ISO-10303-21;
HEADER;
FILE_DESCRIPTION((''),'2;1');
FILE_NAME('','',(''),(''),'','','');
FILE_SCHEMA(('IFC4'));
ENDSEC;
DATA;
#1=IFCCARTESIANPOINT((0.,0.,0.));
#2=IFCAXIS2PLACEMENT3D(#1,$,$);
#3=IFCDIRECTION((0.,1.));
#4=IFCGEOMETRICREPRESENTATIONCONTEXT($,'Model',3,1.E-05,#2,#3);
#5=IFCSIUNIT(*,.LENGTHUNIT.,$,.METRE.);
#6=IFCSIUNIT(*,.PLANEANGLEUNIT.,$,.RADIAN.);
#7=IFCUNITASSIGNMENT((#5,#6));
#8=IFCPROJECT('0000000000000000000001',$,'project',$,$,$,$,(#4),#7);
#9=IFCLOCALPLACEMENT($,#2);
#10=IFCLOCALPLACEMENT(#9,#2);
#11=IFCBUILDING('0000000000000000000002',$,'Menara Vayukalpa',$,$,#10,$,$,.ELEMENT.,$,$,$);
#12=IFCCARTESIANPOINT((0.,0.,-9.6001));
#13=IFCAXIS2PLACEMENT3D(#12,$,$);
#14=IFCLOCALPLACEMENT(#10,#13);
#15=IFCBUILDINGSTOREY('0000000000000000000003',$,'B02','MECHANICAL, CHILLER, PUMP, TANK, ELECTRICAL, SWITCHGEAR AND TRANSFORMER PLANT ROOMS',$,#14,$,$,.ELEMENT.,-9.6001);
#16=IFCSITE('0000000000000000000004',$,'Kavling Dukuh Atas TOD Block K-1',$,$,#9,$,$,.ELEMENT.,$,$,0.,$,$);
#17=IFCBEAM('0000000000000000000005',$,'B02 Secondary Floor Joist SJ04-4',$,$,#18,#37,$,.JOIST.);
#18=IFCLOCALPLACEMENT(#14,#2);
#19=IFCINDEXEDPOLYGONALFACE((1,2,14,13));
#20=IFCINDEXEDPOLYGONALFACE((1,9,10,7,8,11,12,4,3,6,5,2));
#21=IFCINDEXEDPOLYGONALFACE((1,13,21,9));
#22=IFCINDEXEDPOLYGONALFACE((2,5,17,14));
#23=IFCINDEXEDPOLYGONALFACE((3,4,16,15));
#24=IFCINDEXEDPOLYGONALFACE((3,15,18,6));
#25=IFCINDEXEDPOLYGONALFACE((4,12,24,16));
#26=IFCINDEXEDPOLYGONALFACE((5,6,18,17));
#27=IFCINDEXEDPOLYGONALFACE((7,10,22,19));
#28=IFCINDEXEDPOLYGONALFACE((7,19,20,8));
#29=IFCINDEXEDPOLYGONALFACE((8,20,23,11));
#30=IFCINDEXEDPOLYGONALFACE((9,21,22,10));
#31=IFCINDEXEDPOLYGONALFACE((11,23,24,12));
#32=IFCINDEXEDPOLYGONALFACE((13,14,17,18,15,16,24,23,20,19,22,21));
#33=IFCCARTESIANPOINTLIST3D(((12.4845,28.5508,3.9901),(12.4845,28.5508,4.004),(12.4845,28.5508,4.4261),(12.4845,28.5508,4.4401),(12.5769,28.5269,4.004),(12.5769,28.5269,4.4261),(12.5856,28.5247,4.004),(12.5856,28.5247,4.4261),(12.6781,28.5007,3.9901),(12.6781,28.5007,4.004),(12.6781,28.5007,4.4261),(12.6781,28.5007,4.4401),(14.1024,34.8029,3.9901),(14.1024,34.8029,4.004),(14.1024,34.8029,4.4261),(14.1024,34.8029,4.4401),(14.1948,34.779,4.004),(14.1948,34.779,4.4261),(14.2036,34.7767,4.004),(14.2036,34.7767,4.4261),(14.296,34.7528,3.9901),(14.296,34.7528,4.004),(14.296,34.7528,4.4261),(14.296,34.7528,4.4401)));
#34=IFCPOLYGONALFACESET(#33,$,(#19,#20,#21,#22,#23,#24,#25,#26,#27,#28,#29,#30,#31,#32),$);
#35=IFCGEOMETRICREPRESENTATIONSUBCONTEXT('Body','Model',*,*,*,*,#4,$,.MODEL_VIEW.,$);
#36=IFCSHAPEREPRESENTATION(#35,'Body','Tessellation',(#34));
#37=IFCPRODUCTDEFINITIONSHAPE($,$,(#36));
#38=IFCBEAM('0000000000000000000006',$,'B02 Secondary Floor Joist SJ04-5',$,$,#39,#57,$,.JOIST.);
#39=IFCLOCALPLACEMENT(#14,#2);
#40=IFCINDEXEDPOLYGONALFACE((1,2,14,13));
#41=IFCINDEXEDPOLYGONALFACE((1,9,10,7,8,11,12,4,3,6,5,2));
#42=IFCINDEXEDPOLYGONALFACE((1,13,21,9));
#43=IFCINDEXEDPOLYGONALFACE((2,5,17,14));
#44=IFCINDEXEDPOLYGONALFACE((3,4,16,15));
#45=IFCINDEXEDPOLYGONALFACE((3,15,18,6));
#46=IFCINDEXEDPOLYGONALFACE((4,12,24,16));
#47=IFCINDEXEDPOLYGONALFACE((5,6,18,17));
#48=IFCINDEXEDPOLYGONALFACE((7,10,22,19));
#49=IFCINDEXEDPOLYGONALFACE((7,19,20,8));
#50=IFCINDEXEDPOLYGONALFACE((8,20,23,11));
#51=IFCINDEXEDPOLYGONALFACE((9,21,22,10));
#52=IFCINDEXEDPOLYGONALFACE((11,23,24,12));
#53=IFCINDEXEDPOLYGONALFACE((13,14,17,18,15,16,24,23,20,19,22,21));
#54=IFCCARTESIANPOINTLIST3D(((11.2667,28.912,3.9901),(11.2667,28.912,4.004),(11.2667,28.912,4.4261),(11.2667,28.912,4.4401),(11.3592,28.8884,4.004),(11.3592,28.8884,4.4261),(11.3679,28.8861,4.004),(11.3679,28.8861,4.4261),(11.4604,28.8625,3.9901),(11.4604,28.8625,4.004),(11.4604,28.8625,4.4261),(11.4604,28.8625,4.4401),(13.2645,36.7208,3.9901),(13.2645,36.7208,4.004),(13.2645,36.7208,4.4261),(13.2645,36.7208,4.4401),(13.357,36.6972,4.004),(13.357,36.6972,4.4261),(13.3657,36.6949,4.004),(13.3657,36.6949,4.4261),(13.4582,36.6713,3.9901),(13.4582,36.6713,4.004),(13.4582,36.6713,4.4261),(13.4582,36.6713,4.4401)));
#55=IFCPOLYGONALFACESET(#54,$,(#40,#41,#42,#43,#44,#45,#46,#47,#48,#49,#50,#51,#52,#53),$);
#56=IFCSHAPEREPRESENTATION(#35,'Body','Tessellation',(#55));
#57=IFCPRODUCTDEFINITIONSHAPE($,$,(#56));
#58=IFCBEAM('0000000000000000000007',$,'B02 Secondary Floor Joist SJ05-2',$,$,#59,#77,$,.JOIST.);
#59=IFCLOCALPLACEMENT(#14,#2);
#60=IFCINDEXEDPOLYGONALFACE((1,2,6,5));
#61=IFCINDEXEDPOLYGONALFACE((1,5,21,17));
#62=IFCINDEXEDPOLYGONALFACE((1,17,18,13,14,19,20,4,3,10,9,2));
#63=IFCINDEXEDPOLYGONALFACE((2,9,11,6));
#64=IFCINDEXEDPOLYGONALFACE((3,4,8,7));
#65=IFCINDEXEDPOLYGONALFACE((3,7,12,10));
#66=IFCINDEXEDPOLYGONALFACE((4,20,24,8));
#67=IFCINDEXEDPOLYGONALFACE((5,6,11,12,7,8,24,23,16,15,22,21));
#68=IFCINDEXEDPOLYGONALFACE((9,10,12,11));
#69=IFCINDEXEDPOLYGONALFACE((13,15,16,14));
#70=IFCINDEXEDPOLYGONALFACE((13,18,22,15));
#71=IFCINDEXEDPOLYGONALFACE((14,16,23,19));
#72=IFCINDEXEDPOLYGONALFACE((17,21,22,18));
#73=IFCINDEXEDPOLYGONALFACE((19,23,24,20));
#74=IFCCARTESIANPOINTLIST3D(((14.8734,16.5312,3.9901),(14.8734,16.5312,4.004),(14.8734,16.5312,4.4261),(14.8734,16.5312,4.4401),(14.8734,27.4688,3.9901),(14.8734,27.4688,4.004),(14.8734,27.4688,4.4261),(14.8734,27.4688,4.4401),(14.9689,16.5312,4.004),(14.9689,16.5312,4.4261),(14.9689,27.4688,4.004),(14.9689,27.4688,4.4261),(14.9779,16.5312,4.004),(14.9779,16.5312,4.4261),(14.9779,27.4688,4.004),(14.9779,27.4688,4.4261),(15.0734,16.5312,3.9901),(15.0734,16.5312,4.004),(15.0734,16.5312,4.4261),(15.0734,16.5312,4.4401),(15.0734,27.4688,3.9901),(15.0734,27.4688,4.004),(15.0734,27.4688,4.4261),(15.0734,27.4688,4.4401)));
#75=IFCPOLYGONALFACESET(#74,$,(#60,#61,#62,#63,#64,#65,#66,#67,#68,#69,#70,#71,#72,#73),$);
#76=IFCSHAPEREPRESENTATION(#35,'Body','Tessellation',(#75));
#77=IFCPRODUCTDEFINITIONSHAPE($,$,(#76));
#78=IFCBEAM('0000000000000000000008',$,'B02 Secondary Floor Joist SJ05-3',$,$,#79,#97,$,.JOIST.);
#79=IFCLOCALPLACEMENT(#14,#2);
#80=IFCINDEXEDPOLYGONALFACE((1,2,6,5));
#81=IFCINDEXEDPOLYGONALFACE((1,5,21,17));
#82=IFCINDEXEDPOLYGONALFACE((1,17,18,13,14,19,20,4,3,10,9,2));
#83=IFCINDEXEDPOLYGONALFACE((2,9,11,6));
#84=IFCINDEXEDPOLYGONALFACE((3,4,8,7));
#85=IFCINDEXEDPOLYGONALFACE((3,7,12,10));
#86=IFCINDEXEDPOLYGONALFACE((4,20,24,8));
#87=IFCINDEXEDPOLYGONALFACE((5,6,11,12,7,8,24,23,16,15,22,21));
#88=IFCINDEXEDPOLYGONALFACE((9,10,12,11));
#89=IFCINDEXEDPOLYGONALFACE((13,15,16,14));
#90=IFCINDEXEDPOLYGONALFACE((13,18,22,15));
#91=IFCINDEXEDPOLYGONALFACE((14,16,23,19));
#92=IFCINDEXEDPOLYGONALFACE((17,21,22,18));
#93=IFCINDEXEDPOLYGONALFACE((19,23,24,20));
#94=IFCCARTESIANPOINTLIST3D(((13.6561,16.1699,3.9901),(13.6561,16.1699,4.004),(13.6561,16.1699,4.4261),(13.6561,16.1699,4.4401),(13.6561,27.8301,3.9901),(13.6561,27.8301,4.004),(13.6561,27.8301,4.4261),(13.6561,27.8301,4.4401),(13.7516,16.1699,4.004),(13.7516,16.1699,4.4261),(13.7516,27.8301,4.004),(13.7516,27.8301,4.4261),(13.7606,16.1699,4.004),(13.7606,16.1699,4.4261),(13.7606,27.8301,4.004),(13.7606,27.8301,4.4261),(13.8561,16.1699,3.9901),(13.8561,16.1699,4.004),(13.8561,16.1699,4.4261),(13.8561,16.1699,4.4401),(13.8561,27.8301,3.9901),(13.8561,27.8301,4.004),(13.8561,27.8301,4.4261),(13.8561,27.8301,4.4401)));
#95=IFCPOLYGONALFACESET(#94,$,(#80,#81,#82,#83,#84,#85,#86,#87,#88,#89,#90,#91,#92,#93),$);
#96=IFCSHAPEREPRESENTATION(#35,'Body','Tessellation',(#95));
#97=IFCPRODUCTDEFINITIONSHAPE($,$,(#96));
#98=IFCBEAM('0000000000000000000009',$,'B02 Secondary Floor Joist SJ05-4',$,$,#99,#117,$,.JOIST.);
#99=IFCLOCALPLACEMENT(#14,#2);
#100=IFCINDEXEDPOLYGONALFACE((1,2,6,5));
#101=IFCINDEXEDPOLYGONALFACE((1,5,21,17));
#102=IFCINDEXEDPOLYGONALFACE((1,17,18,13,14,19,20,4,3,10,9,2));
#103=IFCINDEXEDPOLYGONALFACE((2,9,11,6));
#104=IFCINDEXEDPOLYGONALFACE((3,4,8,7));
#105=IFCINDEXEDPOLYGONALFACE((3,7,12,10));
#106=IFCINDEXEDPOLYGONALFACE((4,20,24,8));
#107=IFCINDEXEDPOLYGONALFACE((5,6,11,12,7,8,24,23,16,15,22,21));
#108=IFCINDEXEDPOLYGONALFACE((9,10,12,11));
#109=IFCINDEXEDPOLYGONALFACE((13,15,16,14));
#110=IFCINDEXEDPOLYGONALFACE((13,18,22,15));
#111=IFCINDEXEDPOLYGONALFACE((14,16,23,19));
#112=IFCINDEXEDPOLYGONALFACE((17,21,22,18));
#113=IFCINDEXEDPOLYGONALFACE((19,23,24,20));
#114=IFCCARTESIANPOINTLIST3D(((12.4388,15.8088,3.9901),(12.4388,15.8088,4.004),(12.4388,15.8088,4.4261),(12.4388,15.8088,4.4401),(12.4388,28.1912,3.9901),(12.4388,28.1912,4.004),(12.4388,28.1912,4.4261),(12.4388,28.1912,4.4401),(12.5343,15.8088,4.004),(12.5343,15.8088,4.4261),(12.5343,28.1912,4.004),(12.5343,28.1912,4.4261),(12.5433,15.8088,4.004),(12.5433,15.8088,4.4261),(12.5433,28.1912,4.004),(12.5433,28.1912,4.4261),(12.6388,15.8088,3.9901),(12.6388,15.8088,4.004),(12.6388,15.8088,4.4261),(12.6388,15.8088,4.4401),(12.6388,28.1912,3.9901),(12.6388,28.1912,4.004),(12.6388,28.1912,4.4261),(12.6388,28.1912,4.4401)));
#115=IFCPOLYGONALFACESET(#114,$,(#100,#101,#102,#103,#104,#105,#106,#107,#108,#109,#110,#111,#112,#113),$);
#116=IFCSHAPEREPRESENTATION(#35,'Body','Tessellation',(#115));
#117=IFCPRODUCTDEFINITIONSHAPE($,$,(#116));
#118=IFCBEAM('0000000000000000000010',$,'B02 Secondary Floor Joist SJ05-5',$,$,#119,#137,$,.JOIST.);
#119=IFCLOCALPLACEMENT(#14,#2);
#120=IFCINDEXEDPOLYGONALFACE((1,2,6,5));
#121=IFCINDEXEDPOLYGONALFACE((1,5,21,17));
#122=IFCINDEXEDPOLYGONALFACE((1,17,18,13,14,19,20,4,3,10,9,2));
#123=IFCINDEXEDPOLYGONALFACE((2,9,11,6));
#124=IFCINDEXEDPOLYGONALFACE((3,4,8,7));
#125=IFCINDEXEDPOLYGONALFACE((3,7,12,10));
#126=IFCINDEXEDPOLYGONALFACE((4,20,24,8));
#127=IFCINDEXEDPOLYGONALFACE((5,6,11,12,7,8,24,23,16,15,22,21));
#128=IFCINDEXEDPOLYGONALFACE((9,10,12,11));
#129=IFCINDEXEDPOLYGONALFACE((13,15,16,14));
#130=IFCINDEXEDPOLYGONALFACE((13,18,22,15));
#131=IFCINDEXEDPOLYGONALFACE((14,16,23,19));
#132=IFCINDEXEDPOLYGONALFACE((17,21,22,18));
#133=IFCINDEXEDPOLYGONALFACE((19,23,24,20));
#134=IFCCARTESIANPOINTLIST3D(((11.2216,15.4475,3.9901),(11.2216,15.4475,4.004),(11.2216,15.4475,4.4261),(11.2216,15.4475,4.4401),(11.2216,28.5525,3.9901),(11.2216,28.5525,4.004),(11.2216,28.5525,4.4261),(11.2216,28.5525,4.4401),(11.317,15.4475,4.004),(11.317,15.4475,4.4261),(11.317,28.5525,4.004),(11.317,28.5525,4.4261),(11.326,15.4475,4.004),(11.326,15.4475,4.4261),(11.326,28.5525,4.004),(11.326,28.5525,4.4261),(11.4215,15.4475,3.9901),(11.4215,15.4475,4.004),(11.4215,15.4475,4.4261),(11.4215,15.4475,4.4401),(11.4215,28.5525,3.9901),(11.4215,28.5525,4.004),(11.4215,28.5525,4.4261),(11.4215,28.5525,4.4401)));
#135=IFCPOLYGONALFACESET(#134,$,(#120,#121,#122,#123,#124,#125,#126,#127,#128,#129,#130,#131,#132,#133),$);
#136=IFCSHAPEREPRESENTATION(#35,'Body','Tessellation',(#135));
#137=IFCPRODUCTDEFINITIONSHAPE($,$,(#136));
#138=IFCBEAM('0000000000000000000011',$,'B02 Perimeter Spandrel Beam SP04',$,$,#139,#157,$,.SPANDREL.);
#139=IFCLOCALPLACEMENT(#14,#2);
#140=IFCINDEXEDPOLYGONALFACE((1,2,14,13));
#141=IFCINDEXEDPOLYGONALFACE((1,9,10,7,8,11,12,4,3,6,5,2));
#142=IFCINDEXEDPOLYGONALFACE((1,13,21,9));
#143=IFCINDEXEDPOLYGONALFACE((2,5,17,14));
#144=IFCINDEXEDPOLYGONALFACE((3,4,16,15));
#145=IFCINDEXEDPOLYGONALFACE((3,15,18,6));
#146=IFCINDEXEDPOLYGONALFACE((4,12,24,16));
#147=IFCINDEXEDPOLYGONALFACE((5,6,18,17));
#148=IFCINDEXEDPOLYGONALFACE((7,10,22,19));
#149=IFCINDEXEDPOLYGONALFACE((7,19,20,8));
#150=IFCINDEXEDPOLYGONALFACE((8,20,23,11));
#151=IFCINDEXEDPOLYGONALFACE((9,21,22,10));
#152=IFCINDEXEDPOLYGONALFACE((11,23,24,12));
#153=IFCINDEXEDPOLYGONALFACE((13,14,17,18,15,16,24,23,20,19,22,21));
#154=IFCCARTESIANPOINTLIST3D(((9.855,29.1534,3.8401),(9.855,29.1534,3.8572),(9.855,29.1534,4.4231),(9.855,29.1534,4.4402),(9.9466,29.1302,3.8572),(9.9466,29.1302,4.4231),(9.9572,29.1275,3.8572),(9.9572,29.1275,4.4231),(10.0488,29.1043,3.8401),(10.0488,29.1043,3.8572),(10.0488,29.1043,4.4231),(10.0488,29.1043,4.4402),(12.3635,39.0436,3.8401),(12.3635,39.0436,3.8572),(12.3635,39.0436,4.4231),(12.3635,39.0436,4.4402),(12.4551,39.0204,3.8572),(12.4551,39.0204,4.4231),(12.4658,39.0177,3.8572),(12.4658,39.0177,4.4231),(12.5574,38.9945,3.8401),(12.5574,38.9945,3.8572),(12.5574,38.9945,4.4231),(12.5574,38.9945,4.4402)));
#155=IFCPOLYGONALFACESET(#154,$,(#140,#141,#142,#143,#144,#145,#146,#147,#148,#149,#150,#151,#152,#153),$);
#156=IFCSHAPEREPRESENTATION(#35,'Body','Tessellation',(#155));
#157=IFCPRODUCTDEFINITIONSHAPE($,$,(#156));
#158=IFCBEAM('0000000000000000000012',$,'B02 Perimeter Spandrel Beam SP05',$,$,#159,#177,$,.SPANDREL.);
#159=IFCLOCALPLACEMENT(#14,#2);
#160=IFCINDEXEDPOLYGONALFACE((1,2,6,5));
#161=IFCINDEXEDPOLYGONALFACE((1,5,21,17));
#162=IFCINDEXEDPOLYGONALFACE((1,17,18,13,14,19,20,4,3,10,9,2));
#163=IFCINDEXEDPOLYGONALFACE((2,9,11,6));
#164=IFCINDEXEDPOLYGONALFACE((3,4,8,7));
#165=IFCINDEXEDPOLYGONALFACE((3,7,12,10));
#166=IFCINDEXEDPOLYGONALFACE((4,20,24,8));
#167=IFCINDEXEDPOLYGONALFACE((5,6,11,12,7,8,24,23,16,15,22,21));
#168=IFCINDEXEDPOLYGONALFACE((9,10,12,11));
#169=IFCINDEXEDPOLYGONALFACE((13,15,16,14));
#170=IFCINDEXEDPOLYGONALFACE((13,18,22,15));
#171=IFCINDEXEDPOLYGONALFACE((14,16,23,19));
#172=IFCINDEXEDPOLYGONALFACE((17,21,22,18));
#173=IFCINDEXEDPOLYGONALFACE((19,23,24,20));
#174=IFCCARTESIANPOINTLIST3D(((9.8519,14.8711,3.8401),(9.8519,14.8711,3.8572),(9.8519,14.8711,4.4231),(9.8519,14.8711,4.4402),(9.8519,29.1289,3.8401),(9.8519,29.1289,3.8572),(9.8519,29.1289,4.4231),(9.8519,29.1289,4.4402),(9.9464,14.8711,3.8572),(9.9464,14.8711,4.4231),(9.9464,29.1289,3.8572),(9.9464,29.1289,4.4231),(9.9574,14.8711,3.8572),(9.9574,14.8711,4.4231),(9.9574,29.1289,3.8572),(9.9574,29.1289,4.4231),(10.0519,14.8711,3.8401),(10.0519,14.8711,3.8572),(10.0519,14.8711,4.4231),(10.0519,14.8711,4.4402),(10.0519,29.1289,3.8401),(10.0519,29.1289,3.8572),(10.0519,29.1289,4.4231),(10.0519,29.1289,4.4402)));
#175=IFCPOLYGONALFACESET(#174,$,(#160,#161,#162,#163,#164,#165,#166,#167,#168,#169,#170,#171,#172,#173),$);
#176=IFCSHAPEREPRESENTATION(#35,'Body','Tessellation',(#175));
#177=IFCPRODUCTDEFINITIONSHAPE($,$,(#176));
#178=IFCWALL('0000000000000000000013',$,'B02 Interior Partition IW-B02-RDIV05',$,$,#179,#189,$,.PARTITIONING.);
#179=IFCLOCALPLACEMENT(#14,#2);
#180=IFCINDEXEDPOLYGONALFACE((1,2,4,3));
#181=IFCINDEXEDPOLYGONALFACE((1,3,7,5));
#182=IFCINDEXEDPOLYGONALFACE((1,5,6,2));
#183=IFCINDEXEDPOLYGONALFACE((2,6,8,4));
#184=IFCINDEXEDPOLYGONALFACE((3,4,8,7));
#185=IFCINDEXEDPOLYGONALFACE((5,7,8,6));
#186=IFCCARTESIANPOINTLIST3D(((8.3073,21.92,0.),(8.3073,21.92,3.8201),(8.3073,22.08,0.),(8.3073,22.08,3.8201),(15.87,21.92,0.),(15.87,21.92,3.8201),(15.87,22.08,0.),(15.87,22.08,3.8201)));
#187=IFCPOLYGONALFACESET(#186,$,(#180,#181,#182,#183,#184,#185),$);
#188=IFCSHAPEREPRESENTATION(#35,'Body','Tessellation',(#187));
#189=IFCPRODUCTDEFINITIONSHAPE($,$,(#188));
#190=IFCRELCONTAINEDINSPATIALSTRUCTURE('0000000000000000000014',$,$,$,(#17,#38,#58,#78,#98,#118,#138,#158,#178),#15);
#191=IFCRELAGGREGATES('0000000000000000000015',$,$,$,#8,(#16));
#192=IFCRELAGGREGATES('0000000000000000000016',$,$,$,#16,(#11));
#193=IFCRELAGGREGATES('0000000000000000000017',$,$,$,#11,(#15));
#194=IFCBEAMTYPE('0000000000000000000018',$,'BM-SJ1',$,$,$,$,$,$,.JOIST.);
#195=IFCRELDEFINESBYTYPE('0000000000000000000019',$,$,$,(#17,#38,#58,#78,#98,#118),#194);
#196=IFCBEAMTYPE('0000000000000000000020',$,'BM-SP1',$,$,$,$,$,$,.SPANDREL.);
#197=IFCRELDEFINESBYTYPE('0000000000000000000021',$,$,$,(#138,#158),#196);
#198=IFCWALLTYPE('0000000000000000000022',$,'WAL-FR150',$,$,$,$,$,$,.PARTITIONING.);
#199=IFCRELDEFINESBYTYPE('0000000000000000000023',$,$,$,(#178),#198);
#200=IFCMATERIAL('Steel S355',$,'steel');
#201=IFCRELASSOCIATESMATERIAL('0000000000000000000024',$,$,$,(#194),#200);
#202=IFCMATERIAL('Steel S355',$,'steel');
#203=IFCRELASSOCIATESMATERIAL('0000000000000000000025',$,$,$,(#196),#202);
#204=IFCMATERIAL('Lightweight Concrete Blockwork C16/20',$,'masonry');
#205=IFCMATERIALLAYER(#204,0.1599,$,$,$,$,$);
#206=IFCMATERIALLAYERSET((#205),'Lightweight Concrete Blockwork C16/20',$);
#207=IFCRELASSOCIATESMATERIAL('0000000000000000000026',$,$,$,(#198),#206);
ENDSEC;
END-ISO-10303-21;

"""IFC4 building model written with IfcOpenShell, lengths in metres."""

from ifc_helpers import new_model, si_unit, direction, frame, frame_2d, origin, origin_2d, place, context, subcontext, project, spatial, rectangle, i_section, extrude, material, layer, layer_set, material_profile, profile_set, type_object, element, save


model = new_model("IFC4")

# Units and contexts
model_context = context("Model", 3, precision=1e-05, world=origin(), true_north=direction((0.0, 1.0)))
body_context = subcontext(model_context, "Body", "Model", "MODEL_VIEW")
ifc_project = project(units=[si_unit("LENGTHUNIT", "METRE"), si_unit("PLANEANGLEUNIT", "RADIAN")], contexts=[model_context])

# Site, building, storey
site_placement = place(None, origin())
site = spatial("IfcSite", under=ifc_project, at=site_placement, Name="Kavling Dukuh Atas TOD Block K-1", CompositionType="ELEMENT", RefElevation=0.0)
building_placement = place(site_placement, origin())
building = spatial("IfcBuilding", under=site, at=building_placement, Name="Menara Vayukalpa", CompositionType="ELEMENT")
storey_placement = place(building_placement, frame((0.0, 0.0, -9.6001)))
storey = spatial("IfcBuildingStorey", under=building, at=storey_placement, Name="B02", Description="MECHANICAL, CHILLER, PUMP, TANK, ELECTRICAL, SWITCHGEAR AND TRANSFORMER PLANT ROOMS", CompositionType="ELEMENT", Elevation=-9.6001)

# Beams
ifc_material_1 = material(Name="Steel S355", Category="steel")
ifc_material_profile_1 = material_profile(ifc_material_1, i_section(OverallWidth=0.2, OverallDepth=0.45, WebThickness=0.009, FlangeThickness=0.0139, at=origin_2d()), Name="WF 450x200x9x14")
ifc_profile_set_1 = profile_set([ifc_material_profile_1], Name="Steel S355")
beam_type_1 = type_object("IfcBeamType", Name="BM-SJ1", PredefinedType="JOIST", material=ifc_profile_set_1)
beam_1_placement = place(storey_placement, frame((14.1992, 34.7778, 4.2151), z_axis=(-0.250533, -0.968108, 0.0), x_axis=(0.968108, -0.250533, 0.0)))
element("IfcBeam", 1, at=beam_1_placement, inside=storey, type_object=beam_type_1, Name="B02 Secondary Floor Joist SJ04-4", PredefinedType="JOIST", context=body_context, shape_type="SweptSolid", body=[
    extrude(i_section(OverallWidth=0.2, OverallDepth=0.45, WebThickness=0.009, FlangeThickness=0.0139, at=origin_2d()), origin(), (0.0, 0.0, 1.0), 6.458),
])
beam_2_placement = place(storey_placement, frame((13.3613, 36.696, 4.2151), z_axis=(-0.247856, -0.968797, 0.0), x_axis=(0.968797, -0.247856, 0.0)))
element("IfcBeam", 2, at=beam_2_placement, inside=storey, type_object=beam_type_1, Name="B02 Secondary Floor Joist SJ04-5", PredefinedType="JOIST", context=body_context, shape_type="SweptSolid", body=[
    extrude(i_section(OverallWidth=0.2, OverallDepth=0.45, WebThickness=0.009, FlangeThickness=0.0139, at=origin_2d()), origin(), (0.0, 0.0, 1.0), 8.0603),
])
beam_3_placement = place(storey_placement, frame((14.9734, 27.4688, 4.2151), z_axis=(0.0, -1.0, 0.0), x_axis=(1.0, 0.0, 0.0)))
element("IfcBeam", 3, at=beam_3_placement, inside=storey, type_object=beam_type_1, Name="B02 Secondary Floor Joist SJ05-2", PredefinedType="JOIST", context=body_context, shape_type="SweptSolid", body=[
    extrude(i_section(OverallWidth=0.2, OverallDepth=0.45, WebThickness=0.009, FlangeThickness=0.0139, at=origin_2d()), origin(), (0.0, 0.0, 1.0), 10.9375),
])
beam_4_placement = place(storey_placement, frame((13.7561, 27.8301, 4.2151), z_axis=(0.0, -1.0, 0.0), x_axis=(1.0, 0.0, 0.0)))
element("IfcBeam", 4, at=beam_4_placement, inside=storey, type_object=beam_type_1, Name="B02 Secondary Floor Joist SJ05-3", PredefinedType="JOIST", context=body_context, shape_type="SweptSolid", body=[
    extrude(i_section(OverallWidth=0.2, OverallDepth=0.45, WebThickness=0.009, FlangeThickness=0.0139, at=origin_2d()), origin(), (0.0, 0.0, 1.0), 11.6602),
])
beam_5_placement = place(storey_placement, frame((12.5388, 28.1912, 4.2151), z_axis=(0.0, -1.0, 0.0), x_axis=(1.0, 0.0, 0.0)))
element("IfcBeam", 5, at=beam_5_placement, inside=storey, type_object=beam_type_1, Name="B02 Secondary Floor Joist SJ05-4", PredefinedType="JOIST", context=body_context, shape_type="SweptSolid", body=[
    extrude(i_section(OverallWidth=0.2, OverallDepth=0.45, WebThickness=0.009, FlangeThickness=0.0139, at=origin_2d()), origin(), (0.0, 0.0, 1.0), 12.3823),
])
beam_6_placement = place(storey_placement, frame((11.3215, 28.5525, 4.2151), z_axis=(0.0, -1.0, 0.0), x_axis=(1.0, 0.0, 0.0)))
element("IfcBeam", 6, at=beam_6_placement, inside=storey, type_object=beam_type_1, Name="B02 Secondary Floor Joist SJ05-5", PredefinedType="JOIST", context=body_context, shape_type="SweptSolid", body=[
    extrude(i_section(OverallWidth=0.2, OverallDepth=0.45, WebThickness=0.009, FlangeThickness=0.0139, at=origin_2d()), origin(), (0.0, 0.0, 1.0), 13.105),
])
ifc_material_2 = material(Name="Steel S355", Category="steel")
ifc_material_profile_2 = material_profile(ifc_material_2, i_section(OverallWidth=0.2, OverallDepth=0.6001, WebThickness=0.011, FlangeThickness=0.0171, at=origin_2d()), Name="WF 600x200x11x17")
ifc_profile_set_2 = profile_set([ifc_material_profile_2], Name="Steel S355")
beam_type_2 = type_object("IfcBeamType", Name="BM-SP1", PredefinedType="SPANDREL", material=ifc_profile_set_2)
beam_7_placement = place(storey_placement, frame((12.4604, 39.019, 4.1401), z_axis=(-0.245856, -0.969306, 0.0), x_axis=(0.969306, -0.245856, 0.0)))
element("IfcBeam", 7, at=beam_7_placement, inside=storey, type_object=beam_type_2, Name="B02 Perimeter Spandrel Beam SP04", PredefinedType="SPANDREL", context=body_context, shape_type="SweptSolid", body=[
    extrude(i_section(OverallWidth=0.2, OverallDepth=0.6001, WebThickness=0.011, FlangeThickness=0.0171, at=origin_2d()), origin(), (0.0, 0.0, 1.0), 10.2034),
])
beam_8_placement = place(storey_placement, frame((9.9519, 29.1289, 4.1401), z_axis=(0.0, -1.0, 0.0), x_axis=(1.0, 0.0, 0.0)))
element("IfcBeam", 8, at=beam_8_placement, inside=storey, type_object=beam_type_2, Name="B02 Perimeter Spandrel Beam SP05", PredefinedType="SPANDREL", context=body_context, shape_type="SweptSolid", body=[
    extrude(i_section(OverallWidth=0.2, OverallDepth=0.6001, WebThickness=0.011, FlangeThickness=0.0171, at=origin_2d()), origin(), (0.0, 0.0, 1.0), 14.2578),
])

# Wall
ifc_material_3 = material(Name="Lightweight Concrete Blockwork C16/20", Category="masonry")
ifc_layer_1 = layer(ifc_material_3, 0.1599)
ifc_layer_set_1 = layer_set([ifc_layer_1], Name="Lightweight Concrete Blockwork C16/20")
wall_type_1 = type_object("IfcWallType", Name="WAL-FR150", PredefinedType="PARTITIONING", material=ifc_layer_set_1)
wall_1_placement = place(storey_placement, frame((8.3074, 22.0, 0.0), z_axis=(0.0, 0.0, 1.0), x_axis=(1.0, 0.0, 0.0)))
element("IfcWall", 9, at=wall_1_placement, inside=storey, type_object=wall_type_1, Name="B02 Interior Partition IW-B02-RDIV05", PredefinedType="PARTITIONING", context=body_context, shape_type="SweptSolid", body=[
    extrude(rectangle(XDim=7.5627, YDim=0.1599, at=frame_2d((3.7812, 0.0))), origin(), (0.0, 0.0, 1.0), 3.8201),
])

save(model, "model.ifc")
